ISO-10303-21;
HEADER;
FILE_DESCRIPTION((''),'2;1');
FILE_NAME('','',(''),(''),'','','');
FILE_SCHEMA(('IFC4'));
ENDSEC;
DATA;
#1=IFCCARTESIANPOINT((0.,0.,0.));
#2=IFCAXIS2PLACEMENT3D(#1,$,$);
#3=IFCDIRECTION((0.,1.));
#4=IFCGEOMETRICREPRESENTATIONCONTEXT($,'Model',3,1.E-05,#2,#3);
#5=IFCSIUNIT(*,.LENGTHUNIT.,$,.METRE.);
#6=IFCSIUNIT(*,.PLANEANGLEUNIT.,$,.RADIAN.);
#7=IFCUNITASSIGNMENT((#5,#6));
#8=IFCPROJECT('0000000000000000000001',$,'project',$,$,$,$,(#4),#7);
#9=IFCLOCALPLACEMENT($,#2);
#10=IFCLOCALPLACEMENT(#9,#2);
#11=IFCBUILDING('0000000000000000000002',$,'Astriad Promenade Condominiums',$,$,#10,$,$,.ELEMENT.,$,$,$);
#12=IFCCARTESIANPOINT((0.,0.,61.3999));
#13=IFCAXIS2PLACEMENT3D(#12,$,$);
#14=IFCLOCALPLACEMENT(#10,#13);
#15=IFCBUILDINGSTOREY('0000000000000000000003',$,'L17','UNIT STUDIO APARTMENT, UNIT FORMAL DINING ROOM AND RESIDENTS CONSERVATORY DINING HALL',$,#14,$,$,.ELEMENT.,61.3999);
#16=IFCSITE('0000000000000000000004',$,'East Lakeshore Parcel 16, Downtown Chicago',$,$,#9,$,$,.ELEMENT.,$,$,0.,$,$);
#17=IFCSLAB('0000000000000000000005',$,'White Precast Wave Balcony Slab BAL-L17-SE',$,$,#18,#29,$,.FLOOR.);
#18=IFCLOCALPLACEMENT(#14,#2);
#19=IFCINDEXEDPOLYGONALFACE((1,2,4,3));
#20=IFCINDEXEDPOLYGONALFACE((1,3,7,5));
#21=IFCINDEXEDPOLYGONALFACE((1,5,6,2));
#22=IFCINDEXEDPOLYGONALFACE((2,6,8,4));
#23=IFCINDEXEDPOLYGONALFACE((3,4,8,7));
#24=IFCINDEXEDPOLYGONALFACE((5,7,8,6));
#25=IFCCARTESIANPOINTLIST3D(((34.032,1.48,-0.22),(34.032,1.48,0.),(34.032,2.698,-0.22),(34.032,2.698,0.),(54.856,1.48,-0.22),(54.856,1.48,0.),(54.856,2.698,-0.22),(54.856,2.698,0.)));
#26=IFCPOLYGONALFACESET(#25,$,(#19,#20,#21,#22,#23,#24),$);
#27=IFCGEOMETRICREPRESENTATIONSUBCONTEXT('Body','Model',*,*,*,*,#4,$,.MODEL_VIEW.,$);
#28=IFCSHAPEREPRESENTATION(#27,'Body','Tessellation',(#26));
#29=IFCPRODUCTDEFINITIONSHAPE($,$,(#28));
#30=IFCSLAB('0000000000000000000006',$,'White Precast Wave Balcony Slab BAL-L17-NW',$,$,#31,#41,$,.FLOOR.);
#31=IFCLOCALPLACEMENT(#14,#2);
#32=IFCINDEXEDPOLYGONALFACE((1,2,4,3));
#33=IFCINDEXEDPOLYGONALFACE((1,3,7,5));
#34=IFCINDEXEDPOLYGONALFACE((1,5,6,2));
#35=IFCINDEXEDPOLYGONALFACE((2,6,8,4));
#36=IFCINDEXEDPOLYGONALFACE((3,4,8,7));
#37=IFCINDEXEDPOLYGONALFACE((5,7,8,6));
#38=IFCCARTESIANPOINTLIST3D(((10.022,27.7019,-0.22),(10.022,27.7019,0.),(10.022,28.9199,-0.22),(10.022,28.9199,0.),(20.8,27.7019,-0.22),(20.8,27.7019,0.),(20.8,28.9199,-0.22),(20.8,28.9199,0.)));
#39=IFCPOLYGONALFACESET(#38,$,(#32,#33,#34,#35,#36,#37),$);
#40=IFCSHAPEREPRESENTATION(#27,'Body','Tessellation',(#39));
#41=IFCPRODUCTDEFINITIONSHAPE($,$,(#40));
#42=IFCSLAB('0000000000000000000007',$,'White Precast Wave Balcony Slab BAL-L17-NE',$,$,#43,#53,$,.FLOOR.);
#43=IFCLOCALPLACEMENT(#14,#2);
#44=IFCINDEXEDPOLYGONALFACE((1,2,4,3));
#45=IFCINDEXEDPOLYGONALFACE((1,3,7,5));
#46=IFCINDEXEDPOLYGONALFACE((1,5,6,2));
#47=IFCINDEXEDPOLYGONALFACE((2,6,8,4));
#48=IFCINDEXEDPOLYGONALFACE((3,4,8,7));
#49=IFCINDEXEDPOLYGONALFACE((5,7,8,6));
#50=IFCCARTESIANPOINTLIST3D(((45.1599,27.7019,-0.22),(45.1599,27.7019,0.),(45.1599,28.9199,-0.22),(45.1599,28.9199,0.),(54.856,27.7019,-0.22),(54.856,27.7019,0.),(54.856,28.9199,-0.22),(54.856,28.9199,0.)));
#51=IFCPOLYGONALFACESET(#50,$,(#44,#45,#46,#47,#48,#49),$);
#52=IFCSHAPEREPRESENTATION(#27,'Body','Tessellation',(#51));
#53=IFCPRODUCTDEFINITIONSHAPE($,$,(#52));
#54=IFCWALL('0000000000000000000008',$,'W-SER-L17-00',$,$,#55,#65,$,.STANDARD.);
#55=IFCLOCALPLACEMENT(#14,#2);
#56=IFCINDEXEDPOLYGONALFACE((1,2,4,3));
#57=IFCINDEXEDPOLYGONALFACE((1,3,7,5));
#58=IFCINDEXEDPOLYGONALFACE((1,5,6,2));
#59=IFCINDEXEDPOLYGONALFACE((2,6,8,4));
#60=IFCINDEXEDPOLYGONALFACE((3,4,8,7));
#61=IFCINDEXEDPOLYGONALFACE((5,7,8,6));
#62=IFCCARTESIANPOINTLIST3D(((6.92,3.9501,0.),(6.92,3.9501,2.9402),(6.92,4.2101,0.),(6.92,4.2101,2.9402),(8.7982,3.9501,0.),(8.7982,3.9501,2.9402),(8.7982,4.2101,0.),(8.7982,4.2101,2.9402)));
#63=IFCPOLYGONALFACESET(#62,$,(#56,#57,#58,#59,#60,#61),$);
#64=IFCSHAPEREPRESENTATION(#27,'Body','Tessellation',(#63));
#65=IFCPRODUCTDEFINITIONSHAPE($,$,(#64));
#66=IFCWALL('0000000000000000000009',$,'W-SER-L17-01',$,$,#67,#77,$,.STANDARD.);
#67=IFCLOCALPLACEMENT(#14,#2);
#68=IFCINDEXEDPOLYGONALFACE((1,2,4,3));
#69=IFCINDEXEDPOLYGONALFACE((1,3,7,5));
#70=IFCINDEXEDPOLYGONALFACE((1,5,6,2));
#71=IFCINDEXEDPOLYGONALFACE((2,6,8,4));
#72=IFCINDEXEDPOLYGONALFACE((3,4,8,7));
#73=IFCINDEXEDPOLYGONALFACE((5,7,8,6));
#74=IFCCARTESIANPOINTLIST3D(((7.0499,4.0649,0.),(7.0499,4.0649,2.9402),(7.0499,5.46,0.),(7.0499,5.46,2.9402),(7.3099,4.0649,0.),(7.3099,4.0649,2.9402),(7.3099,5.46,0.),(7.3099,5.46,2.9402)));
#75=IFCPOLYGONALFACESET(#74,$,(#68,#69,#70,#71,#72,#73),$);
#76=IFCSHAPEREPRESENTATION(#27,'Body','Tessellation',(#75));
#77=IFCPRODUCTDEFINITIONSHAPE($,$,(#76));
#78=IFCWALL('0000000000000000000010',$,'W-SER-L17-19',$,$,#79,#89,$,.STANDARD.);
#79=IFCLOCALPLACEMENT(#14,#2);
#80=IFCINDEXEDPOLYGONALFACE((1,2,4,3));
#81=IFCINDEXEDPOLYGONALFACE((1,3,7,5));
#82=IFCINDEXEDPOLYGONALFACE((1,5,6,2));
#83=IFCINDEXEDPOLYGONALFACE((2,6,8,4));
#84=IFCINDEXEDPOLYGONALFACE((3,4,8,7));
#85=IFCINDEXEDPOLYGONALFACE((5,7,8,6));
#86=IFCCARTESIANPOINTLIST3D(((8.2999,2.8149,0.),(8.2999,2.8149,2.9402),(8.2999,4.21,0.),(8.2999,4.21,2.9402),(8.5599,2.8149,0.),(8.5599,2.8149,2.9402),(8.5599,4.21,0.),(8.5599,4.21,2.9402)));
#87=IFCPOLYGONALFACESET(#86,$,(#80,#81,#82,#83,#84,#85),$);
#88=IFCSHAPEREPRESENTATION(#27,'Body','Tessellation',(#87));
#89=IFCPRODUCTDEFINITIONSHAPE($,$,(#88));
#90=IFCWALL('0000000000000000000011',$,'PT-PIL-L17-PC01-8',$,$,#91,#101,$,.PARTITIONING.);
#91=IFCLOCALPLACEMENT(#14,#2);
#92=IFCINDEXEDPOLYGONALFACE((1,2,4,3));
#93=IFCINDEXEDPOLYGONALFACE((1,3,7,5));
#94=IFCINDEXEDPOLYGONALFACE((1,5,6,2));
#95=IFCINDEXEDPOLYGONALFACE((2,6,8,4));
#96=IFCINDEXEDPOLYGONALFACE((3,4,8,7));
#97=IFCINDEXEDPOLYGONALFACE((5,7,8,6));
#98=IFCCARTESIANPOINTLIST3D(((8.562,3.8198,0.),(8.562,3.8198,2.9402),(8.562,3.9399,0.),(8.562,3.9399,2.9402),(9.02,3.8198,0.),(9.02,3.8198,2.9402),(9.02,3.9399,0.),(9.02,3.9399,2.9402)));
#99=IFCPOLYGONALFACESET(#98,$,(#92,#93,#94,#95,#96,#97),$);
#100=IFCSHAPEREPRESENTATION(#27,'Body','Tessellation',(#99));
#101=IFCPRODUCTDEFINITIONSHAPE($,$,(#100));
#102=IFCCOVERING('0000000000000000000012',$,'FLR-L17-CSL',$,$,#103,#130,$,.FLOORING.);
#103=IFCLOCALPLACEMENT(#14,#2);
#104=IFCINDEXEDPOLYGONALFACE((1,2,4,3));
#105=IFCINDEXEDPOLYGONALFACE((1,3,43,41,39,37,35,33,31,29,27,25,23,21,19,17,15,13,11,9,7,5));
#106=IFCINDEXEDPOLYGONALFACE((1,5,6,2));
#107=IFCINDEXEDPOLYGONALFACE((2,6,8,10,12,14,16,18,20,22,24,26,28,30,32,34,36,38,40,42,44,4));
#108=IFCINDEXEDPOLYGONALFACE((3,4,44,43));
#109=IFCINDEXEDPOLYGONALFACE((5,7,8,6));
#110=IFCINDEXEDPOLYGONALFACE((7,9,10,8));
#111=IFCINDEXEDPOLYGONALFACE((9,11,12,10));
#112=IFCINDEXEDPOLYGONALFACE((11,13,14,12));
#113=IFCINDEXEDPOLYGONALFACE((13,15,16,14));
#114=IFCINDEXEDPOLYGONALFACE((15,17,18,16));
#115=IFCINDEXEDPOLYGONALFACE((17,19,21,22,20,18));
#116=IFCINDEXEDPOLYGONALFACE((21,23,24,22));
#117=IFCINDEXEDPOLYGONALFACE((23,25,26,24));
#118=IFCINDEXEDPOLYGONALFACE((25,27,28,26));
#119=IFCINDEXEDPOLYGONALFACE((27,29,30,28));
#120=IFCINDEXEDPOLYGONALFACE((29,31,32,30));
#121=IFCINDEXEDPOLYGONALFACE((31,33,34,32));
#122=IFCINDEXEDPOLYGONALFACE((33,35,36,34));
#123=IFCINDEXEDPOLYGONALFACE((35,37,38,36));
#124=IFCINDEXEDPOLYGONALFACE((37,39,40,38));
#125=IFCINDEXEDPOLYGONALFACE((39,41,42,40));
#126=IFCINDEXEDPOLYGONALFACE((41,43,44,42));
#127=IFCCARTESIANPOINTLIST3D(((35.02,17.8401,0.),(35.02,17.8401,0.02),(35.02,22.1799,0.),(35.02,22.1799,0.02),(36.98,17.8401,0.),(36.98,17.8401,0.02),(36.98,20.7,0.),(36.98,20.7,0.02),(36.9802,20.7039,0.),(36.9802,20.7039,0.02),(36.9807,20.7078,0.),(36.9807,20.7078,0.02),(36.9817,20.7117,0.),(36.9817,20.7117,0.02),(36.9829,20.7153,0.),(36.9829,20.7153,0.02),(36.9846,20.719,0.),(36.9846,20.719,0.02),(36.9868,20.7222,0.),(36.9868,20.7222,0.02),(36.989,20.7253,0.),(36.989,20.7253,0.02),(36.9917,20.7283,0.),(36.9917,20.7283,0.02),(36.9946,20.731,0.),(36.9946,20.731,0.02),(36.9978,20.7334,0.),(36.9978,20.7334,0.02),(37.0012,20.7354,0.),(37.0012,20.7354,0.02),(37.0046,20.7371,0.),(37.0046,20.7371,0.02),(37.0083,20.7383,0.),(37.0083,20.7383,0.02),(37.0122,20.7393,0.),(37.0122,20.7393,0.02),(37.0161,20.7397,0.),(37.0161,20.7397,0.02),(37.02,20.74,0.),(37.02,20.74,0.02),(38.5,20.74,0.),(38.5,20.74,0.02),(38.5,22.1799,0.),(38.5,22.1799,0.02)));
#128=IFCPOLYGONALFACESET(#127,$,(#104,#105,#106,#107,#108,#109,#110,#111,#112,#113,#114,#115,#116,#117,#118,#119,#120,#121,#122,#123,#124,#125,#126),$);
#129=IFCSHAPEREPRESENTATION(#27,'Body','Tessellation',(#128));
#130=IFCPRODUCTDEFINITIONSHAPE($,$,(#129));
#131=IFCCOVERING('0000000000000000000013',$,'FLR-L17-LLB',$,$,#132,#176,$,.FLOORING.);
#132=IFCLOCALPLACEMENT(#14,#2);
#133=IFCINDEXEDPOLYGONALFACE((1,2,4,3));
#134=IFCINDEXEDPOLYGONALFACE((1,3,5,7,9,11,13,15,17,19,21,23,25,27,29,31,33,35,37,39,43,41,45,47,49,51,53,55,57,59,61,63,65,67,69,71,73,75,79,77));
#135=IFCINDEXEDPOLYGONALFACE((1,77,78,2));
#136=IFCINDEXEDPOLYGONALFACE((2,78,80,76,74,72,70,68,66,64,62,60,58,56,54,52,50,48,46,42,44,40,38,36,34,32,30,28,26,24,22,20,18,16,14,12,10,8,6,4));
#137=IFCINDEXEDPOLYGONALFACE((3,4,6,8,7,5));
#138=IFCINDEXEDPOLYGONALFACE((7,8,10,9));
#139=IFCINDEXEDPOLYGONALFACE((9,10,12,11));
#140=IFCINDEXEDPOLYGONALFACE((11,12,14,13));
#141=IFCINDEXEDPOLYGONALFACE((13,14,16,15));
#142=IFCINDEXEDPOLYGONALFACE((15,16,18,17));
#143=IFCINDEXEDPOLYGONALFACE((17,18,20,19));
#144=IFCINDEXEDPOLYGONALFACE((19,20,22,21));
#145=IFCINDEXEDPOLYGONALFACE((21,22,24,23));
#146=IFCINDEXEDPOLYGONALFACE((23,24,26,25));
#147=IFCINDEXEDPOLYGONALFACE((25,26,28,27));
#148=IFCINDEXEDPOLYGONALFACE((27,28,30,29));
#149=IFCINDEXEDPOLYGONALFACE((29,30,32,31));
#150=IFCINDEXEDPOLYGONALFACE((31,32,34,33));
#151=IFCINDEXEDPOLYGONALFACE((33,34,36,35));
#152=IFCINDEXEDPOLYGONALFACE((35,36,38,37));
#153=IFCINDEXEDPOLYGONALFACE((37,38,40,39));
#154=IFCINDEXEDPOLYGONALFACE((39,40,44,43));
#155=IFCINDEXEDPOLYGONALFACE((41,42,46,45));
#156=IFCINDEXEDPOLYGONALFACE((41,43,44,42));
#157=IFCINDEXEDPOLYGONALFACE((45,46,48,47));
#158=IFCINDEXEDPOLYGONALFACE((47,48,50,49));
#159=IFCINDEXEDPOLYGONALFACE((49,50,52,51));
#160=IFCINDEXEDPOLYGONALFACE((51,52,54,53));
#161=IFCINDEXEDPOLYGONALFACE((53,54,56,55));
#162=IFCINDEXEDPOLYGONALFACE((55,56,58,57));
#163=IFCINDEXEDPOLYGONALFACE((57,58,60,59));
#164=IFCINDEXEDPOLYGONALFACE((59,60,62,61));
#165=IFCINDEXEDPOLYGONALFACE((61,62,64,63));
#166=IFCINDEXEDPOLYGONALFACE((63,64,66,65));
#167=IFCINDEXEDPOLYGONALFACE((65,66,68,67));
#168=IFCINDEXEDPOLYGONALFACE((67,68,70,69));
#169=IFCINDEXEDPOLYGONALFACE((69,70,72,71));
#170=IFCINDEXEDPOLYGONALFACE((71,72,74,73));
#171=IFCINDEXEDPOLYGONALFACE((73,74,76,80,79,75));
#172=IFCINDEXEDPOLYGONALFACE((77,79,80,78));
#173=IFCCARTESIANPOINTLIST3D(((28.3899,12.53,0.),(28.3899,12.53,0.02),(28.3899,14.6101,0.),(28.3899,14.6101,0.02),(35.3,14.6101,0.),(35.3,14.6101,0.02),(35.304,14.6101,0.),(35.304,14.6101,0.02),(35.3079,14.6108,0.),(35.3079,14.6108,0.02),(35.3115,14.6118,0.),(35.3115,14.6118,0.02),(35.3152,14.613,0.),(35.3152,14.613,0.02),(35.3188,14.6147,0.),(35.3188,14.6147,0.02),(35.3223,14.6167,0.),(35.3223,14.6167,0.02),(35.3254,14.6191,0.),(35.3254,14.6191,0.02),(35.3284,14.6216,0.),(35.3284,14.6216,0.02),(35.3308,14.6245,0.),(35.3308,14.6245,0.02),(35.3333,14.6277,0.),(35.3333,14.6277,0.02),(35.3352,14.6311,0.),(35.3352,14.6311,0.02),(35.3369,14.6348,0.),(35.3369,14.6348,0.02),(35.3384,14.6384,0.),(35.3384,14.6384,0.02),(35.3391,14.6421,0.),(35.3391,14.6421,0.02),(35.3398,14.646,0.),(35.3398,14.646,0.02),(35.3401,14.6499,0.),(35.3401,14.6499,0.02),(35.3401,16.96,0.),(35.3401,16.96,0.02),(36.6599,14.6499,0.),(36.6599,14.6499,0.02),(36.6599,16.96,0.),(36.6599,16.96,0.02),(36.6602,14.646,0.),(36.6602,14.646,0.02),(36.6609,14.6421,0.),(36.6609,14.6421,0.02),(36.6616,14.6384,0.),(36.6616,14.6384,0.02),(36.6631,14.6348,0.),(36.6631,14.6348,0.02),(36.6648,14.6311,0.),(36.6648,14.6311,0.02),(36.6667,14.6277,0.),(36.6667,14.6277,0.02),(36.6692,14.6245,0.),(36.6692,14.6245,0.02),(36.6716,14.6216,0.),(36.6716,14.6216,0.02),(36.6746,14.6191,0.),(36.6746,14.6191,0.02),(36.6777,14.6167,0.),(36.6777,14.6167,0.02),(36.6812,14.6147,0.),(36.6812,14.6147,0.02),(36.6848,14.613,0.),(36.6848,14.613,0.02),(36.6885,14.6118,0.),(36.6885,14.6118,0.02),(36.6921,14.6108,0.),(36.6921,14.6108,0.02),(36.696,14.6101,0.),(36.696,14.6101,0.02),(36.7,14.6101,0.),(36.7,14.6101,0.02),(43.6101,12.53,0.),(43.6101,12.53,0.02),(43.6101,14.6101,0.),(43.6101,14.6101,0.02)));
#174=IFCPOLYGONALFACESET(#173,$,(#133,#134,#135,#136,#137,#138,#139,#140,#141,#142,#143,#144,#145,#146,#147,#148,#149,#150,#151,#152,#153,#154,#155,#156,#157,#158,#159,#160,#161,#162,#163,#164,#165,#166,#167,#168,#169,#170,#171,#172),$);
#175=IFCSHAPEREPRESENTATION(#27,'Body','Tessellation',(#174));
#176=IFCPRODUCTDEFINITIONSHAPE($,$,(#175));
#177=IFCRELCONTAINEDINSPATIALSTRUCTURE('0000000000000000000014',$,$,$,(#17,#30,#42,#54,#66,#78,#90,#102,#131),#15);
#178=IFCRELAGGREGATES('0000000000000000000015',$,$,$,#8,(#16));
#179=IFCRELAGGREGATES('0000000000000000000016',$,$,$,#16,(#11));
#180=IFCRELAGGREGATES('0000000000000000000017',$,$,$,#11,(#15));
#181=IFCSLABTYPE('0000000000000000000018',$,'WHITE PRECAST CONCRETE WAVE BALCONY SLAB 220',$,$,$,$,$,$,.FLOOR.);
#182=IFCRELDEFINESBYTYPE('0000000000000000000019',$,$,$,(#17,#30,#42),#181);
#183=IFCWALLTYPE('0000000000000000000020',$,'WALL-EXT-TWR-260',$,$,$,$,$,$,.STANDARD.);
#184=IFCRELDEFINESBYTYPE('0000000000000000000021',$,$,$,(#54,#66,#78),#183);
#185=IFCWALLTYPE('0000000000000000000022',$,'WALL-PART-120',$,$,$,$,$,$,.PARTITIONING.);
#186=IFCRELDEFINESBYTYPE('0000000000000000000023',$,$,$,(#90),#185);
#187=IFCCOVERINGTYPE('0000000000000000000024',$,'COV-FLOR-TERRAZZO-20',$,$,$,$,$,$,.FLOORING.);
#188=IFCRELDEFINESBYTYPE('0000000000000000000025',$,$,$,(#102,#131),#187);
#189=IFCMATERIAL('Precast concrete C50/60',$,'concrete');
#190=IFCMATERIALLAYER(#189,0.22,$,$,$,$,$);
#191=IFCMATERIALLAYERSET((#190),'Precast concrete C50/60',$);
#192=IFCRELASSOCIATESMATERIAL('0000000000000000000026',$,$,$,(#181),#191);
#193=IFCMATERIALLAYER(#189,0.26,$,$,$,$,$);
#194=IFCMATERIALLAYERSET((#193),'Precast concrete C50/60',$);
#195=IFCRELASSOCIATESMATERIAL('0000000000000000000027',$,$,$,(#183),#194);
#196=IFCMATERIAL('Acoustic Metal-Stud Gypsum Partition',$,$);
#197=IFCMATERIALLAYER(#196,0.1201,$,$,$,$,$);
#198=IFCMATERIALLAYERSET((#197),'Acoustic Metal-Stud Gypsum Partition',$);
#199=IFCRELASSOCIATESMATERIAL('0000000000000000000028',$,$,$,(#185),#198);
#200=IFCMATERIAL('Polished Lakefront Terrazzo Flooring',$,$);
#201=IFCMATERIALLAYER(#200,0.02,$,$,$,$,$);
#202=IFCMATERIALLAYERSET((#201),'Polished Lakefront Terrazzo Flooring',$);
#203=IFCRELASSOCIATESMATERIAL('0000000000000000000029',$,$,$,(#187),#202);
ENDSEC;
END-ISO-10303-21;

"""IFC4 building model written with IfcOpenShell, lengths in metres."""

from ifc_helpers import new_model, si_unit, direction, frame, frame_2d, origin, place, context, subcontext, project, spatial, polyline, rectangle, outline, extrude, material, layer, layer_set, type_object, element, save


model = new_model("IFC4")

# Units and contexts
model_context = context("Model", 3, precision=1e-05, world=origin(), true_north=direction((0.0, 1.0)))
body_context = subcontext(model_context, "Body", "Model", "MODEL_VIEW")
ifc_project = project(units=[si_unit("LENGTHUNIT", "METRE"), si_unit("PLANEANGLEUNIT", "RADIAN")], contexts=[model_context])

# Site, building, storey
site_placement = place(None, origin())
site = spatial("IfcSite", under=ifc_project, at=site_placement, Name="East Lakeshore Parcel 16, Downtown Chicago", CompositionType="ELEMENT", RefElevation=0.0)
building_placement = place(site_placement, origin())
building = spatial("IfcBuilding", under=site, at=building_placement, Name="Astriad Promenade Condominiums", CompositionType="ELEMENT")
storey_placement = place(building_placement, frame((0.0, 0.0, 61.3999)))
storey = spatial("IfcBuildingStorey", under=building, at=storey_placement, Name="L17", Description="UNIT STUDIO APARTMENT, UNIT FORMAL DINING ROOM AND RESIDENTS CONSERVATORY DINING HALL", CompositionType="ELEMENT", Elevation=61.3999)

# Slabs
ifc_material_1 = material(Name="Precast concrete C50/60", Category="concrete")
ifc_layer_1 = layer(ifc_material_1, 0.22)
ifc_layer_set_1 = layer_set([ifc_layer_1], Name="Precast concrete C50/60")
slab_type_1 = type_object("IfcSlabType", Name="WHITE PRECAST CONCRETE WAVE BALCONY SLAB 220", PredefinedType="FLOOR", material=ifc_layer_set_1)
slab_1_placement = place(storey_placement, frame((0.0, 0.0, -0.22)))
element("IfcSlab", 1, at=slab_1_placement, inside=storey, type_object=slab_type_1, Name="White Precast Wave Balcony Slab BAL-L17-SE", PredefinedType="FLOOR", context=body_context, shape_type="SweptSolid", body=[
    extrude(outline(polyline([(54.856, 1.48), (34.032, 1.48), (34.032, 2.698), (54.856, 2.698), (54.856, 1.48)])), origin(), (0.0, 0.0, 1.0), 0.22),
])
slab_2_placement = place(storey_placement, frame((0.0, 0.0, -0.22)))
element("IfcSlab", 2, at=slab_2_placement, inside=storey, type_object=slab_type_1, Name="White Precast Wave Balcony Slab BAL-L17-NW", PredefinedType="FLOOR", context=body_context, shape_type="SweptSolid", body=[
    extrude(outline(polyline([(10.022, 28.9199), (20.8, 28.9199), (20.8, 27.7019), (10.022, 27.7019), (10.022, 28.9199)])), origin(), (0.0, 0.0, 1.0), 0.22),
])
slab_3_placement = place(storey_placement, frame((0.0, 0.0, -0.22)))
element("IfcSlab", 3, at=slab_3_placement, inside=storey, type_object=slab_type_1, Name="White Precast Wave Balcony Slab BAL-L17-NE", PredefinedType="FLOOR", context=body_context, shape_type="SweptSolid", body=[
    extrude(outline(polyline([(45.1599, 28.9199), (54.856, 28.9199), (54.856, 27.7019), (45.1599, 27.7019), (45.1599, 28.9199)])), origin(), (0.0, 0.0, 1.0), 0.22),
])

# Walls
ifc_layer_2 = layer(ifc_material_1, 0.26)
ifc_layer_set_2 = layer_set([ifc_layer_2], Name="Precast concrete C50/60")
wall_type_1 = type_object("IfcWallType", Name="WALL-EXT-TWR-260", PredefinedType="STANDARD", material=ifc_layer_set_2)
wall_1_placement = place(storey_placement, frame((8.7981, 4.0801, 0.0), z_axis=(0.0, 0.0, 1.0), x_axis=(-1.0, 0.0, 0.0)))
element("IfcWall", 4, at=wall_1_placement, inside=storey, type_object=wall_type_1, Name="W-SER-L17-00", PredefinedType="STANDARD", context=body_context, shape_type="SweptSolid", body=[
    extrude(rectangle(XDim=1.8782, YDim=0.26, at=frame_2d((0.939, 0.0))), origin(), (0.0, 0.0, 1.0), 2.9402),
])
for number, where, z_axis, x_axis, name in (
    (5, (7.1799, 4.0649, 0.0), (0.0, 0.0, 1.0), (0.0, 1.0, 0.0), "W-SER-L17-01"),
    (6, (8.4299, 2.8149, 0.0), (0.0, 0.0, 1.0), (0.0, 1.0, 0.0), "W-SER-L17-19"),
):
    element("IfcWall", number, at=place(storey_placement, frame(where, z_axis=z_axis, x_axis=x_axis)), inside=storey, type_object=wall_type_1, Name=name, PredefinedType="STANDARD", context=body_context, shape_type="SweptSolid", body=[
        extrude(rectangle(XDim=1.395, YDim=0.26, at=frame_2d((0.6975, 0.0))), origin(), (0.0, 0.0, 1.0), 2.9402),
    ])
ifc_material_2 = material(Name="Acoustic Metal-Stud Gypsum Partition")
ifc_layer_3 = layer(ifc_material_2, 0.1201)
ifc_layer_set_3 = layer_set([ifc_layer_3], Name="Acoustic Metal-Stud Gypsum Partition")
wall_type_2 = type_object("IfcWallType", Name="WALL-PART-120", PredefinedType="PARTITIONING", material=ifc_layer_set_3)
wall_2_placement = place(storey_placement, frame((9.02, 3.8799, 0.0), z_axis=(0.0, 0.0, 1.0), x_axis=(-1.0, 0.0, 0.0)))
element("IfcWall", 7, at=wall_2_placement, inside=storey, type_object=wall_type_2, Name="PT-PIL-L17-PC01-8", PredefinedType="PARTITIONING", context=body_context, shape_type="SweptSolid", body=[
    extrude(rectangle(XDim=0.458, YDim=0.1201, at=frame_2d((0.229, 0.0))), origin(), (0.0, 0.0, 1.0), 2.9402),
])

# Coverings
ifc_material_3 = material(Name="Polished Lakefront Terrazzo Flooring")
ifc_layer_4 = layer(ifc_material_3, 0.02)
ifc_layer_set_4 = layer_set([ifc_layer_4], Name="Polished Lakefront Terrazzo Flooring")
covering_type = type_object("IfcCoveringType", Name="COV-FLOR-TERRAZZO-20", PredefinedType="FLOORING", material=ifc_layer_set_4)
covering_1_placement = place(storey_placement, origin())
element("IfcCovering", 8, at=covering_1_placement, inside=storey, type_object=covering_type, Name="FLR-L17-CSL", PredefinedType="FLOORING", context=body_context, shape_type="SweptSolid", body=[
    extrude(outline(polyline([(36.98, 20.7), (36.98, 17.8401), (35.02, 17.8401), (35.02, 22.1799), (38.5, 22.1799), (38.5, 20.74), (37.02, 20.74), (37.0161, 20.7397), (37.0122, 20.7393), (37.0083, 20.7383), (37.0046, 20.7371), (37.0012, 20.7354), (36.9978, 20.7334), (36.9946, 20.731), (36.9917, 20.7283), (36.989, 20.7253), (36.9868, 20.7222), (36.9846, 20.719), (36.9829, 20.7153), (36.9817, 20.7117), (36.9807, 20.7078), (36.9802, 20.7039), (36.98, 20.7)])), origin(), (0.0, 0.0, 1.0), 0.02),
])
covering_2_placement = place(storey_placement, origin())
element("IfcCovering", 9, at=covering_2_placement, inside=storey, type_object=covering_type, Name="FLR-L17-LLB", PredefinedType="FLOORING", context=body_context, shape_type="SweptSolid", body=[
    extrude(outline(polyline([(43.6101, 14.6101), (43.6101, 12.53), (28.3899, 12.53), (28.3899, 14.6101), (35.3, 14.6101), (35.304, 14.6101), (35.3079, 14.6108), (35.3115, 14.6118), (35.3152, 14.613), (35.3188, 14.6147), (35.3223, 14.6167), (35.3254, 14.6191), (35.3284, 14.6216), (35.3308, 14.6245), (35.3333, 14.6277), (35.3352, 14.6311), (35.3369, 14.6348), (35.3384, 14.6384), (35.3391, 14.6421), (35.3398, 14.646), (35.3401, 14.6499), (35.3401, 16.96), (36.6599, 16.96), (36.6599, 14.6499), (36.6602, 14.646), (36.6609, 14.6421), (36.6616, 14.6384), (36.6631, 14.6348), (36.6648, 14.6311), (36.6667, 14.6277), (36.6692, 14.6245), (36.6716, 14.6216), (36.6746, 14.6191), (36.6777, 14.6167), (36.6812, 14.6147), (36.6848, 14.613), (36.6885, 14.6118), (36.6921, 14.6108), (36.696, 14.6101), (36.7, 14.6101), (43.6101, 14.6101)])), origin(), (0.0, 0.0, 1.0), 0.02),
])

save(model, "model.ifc")
